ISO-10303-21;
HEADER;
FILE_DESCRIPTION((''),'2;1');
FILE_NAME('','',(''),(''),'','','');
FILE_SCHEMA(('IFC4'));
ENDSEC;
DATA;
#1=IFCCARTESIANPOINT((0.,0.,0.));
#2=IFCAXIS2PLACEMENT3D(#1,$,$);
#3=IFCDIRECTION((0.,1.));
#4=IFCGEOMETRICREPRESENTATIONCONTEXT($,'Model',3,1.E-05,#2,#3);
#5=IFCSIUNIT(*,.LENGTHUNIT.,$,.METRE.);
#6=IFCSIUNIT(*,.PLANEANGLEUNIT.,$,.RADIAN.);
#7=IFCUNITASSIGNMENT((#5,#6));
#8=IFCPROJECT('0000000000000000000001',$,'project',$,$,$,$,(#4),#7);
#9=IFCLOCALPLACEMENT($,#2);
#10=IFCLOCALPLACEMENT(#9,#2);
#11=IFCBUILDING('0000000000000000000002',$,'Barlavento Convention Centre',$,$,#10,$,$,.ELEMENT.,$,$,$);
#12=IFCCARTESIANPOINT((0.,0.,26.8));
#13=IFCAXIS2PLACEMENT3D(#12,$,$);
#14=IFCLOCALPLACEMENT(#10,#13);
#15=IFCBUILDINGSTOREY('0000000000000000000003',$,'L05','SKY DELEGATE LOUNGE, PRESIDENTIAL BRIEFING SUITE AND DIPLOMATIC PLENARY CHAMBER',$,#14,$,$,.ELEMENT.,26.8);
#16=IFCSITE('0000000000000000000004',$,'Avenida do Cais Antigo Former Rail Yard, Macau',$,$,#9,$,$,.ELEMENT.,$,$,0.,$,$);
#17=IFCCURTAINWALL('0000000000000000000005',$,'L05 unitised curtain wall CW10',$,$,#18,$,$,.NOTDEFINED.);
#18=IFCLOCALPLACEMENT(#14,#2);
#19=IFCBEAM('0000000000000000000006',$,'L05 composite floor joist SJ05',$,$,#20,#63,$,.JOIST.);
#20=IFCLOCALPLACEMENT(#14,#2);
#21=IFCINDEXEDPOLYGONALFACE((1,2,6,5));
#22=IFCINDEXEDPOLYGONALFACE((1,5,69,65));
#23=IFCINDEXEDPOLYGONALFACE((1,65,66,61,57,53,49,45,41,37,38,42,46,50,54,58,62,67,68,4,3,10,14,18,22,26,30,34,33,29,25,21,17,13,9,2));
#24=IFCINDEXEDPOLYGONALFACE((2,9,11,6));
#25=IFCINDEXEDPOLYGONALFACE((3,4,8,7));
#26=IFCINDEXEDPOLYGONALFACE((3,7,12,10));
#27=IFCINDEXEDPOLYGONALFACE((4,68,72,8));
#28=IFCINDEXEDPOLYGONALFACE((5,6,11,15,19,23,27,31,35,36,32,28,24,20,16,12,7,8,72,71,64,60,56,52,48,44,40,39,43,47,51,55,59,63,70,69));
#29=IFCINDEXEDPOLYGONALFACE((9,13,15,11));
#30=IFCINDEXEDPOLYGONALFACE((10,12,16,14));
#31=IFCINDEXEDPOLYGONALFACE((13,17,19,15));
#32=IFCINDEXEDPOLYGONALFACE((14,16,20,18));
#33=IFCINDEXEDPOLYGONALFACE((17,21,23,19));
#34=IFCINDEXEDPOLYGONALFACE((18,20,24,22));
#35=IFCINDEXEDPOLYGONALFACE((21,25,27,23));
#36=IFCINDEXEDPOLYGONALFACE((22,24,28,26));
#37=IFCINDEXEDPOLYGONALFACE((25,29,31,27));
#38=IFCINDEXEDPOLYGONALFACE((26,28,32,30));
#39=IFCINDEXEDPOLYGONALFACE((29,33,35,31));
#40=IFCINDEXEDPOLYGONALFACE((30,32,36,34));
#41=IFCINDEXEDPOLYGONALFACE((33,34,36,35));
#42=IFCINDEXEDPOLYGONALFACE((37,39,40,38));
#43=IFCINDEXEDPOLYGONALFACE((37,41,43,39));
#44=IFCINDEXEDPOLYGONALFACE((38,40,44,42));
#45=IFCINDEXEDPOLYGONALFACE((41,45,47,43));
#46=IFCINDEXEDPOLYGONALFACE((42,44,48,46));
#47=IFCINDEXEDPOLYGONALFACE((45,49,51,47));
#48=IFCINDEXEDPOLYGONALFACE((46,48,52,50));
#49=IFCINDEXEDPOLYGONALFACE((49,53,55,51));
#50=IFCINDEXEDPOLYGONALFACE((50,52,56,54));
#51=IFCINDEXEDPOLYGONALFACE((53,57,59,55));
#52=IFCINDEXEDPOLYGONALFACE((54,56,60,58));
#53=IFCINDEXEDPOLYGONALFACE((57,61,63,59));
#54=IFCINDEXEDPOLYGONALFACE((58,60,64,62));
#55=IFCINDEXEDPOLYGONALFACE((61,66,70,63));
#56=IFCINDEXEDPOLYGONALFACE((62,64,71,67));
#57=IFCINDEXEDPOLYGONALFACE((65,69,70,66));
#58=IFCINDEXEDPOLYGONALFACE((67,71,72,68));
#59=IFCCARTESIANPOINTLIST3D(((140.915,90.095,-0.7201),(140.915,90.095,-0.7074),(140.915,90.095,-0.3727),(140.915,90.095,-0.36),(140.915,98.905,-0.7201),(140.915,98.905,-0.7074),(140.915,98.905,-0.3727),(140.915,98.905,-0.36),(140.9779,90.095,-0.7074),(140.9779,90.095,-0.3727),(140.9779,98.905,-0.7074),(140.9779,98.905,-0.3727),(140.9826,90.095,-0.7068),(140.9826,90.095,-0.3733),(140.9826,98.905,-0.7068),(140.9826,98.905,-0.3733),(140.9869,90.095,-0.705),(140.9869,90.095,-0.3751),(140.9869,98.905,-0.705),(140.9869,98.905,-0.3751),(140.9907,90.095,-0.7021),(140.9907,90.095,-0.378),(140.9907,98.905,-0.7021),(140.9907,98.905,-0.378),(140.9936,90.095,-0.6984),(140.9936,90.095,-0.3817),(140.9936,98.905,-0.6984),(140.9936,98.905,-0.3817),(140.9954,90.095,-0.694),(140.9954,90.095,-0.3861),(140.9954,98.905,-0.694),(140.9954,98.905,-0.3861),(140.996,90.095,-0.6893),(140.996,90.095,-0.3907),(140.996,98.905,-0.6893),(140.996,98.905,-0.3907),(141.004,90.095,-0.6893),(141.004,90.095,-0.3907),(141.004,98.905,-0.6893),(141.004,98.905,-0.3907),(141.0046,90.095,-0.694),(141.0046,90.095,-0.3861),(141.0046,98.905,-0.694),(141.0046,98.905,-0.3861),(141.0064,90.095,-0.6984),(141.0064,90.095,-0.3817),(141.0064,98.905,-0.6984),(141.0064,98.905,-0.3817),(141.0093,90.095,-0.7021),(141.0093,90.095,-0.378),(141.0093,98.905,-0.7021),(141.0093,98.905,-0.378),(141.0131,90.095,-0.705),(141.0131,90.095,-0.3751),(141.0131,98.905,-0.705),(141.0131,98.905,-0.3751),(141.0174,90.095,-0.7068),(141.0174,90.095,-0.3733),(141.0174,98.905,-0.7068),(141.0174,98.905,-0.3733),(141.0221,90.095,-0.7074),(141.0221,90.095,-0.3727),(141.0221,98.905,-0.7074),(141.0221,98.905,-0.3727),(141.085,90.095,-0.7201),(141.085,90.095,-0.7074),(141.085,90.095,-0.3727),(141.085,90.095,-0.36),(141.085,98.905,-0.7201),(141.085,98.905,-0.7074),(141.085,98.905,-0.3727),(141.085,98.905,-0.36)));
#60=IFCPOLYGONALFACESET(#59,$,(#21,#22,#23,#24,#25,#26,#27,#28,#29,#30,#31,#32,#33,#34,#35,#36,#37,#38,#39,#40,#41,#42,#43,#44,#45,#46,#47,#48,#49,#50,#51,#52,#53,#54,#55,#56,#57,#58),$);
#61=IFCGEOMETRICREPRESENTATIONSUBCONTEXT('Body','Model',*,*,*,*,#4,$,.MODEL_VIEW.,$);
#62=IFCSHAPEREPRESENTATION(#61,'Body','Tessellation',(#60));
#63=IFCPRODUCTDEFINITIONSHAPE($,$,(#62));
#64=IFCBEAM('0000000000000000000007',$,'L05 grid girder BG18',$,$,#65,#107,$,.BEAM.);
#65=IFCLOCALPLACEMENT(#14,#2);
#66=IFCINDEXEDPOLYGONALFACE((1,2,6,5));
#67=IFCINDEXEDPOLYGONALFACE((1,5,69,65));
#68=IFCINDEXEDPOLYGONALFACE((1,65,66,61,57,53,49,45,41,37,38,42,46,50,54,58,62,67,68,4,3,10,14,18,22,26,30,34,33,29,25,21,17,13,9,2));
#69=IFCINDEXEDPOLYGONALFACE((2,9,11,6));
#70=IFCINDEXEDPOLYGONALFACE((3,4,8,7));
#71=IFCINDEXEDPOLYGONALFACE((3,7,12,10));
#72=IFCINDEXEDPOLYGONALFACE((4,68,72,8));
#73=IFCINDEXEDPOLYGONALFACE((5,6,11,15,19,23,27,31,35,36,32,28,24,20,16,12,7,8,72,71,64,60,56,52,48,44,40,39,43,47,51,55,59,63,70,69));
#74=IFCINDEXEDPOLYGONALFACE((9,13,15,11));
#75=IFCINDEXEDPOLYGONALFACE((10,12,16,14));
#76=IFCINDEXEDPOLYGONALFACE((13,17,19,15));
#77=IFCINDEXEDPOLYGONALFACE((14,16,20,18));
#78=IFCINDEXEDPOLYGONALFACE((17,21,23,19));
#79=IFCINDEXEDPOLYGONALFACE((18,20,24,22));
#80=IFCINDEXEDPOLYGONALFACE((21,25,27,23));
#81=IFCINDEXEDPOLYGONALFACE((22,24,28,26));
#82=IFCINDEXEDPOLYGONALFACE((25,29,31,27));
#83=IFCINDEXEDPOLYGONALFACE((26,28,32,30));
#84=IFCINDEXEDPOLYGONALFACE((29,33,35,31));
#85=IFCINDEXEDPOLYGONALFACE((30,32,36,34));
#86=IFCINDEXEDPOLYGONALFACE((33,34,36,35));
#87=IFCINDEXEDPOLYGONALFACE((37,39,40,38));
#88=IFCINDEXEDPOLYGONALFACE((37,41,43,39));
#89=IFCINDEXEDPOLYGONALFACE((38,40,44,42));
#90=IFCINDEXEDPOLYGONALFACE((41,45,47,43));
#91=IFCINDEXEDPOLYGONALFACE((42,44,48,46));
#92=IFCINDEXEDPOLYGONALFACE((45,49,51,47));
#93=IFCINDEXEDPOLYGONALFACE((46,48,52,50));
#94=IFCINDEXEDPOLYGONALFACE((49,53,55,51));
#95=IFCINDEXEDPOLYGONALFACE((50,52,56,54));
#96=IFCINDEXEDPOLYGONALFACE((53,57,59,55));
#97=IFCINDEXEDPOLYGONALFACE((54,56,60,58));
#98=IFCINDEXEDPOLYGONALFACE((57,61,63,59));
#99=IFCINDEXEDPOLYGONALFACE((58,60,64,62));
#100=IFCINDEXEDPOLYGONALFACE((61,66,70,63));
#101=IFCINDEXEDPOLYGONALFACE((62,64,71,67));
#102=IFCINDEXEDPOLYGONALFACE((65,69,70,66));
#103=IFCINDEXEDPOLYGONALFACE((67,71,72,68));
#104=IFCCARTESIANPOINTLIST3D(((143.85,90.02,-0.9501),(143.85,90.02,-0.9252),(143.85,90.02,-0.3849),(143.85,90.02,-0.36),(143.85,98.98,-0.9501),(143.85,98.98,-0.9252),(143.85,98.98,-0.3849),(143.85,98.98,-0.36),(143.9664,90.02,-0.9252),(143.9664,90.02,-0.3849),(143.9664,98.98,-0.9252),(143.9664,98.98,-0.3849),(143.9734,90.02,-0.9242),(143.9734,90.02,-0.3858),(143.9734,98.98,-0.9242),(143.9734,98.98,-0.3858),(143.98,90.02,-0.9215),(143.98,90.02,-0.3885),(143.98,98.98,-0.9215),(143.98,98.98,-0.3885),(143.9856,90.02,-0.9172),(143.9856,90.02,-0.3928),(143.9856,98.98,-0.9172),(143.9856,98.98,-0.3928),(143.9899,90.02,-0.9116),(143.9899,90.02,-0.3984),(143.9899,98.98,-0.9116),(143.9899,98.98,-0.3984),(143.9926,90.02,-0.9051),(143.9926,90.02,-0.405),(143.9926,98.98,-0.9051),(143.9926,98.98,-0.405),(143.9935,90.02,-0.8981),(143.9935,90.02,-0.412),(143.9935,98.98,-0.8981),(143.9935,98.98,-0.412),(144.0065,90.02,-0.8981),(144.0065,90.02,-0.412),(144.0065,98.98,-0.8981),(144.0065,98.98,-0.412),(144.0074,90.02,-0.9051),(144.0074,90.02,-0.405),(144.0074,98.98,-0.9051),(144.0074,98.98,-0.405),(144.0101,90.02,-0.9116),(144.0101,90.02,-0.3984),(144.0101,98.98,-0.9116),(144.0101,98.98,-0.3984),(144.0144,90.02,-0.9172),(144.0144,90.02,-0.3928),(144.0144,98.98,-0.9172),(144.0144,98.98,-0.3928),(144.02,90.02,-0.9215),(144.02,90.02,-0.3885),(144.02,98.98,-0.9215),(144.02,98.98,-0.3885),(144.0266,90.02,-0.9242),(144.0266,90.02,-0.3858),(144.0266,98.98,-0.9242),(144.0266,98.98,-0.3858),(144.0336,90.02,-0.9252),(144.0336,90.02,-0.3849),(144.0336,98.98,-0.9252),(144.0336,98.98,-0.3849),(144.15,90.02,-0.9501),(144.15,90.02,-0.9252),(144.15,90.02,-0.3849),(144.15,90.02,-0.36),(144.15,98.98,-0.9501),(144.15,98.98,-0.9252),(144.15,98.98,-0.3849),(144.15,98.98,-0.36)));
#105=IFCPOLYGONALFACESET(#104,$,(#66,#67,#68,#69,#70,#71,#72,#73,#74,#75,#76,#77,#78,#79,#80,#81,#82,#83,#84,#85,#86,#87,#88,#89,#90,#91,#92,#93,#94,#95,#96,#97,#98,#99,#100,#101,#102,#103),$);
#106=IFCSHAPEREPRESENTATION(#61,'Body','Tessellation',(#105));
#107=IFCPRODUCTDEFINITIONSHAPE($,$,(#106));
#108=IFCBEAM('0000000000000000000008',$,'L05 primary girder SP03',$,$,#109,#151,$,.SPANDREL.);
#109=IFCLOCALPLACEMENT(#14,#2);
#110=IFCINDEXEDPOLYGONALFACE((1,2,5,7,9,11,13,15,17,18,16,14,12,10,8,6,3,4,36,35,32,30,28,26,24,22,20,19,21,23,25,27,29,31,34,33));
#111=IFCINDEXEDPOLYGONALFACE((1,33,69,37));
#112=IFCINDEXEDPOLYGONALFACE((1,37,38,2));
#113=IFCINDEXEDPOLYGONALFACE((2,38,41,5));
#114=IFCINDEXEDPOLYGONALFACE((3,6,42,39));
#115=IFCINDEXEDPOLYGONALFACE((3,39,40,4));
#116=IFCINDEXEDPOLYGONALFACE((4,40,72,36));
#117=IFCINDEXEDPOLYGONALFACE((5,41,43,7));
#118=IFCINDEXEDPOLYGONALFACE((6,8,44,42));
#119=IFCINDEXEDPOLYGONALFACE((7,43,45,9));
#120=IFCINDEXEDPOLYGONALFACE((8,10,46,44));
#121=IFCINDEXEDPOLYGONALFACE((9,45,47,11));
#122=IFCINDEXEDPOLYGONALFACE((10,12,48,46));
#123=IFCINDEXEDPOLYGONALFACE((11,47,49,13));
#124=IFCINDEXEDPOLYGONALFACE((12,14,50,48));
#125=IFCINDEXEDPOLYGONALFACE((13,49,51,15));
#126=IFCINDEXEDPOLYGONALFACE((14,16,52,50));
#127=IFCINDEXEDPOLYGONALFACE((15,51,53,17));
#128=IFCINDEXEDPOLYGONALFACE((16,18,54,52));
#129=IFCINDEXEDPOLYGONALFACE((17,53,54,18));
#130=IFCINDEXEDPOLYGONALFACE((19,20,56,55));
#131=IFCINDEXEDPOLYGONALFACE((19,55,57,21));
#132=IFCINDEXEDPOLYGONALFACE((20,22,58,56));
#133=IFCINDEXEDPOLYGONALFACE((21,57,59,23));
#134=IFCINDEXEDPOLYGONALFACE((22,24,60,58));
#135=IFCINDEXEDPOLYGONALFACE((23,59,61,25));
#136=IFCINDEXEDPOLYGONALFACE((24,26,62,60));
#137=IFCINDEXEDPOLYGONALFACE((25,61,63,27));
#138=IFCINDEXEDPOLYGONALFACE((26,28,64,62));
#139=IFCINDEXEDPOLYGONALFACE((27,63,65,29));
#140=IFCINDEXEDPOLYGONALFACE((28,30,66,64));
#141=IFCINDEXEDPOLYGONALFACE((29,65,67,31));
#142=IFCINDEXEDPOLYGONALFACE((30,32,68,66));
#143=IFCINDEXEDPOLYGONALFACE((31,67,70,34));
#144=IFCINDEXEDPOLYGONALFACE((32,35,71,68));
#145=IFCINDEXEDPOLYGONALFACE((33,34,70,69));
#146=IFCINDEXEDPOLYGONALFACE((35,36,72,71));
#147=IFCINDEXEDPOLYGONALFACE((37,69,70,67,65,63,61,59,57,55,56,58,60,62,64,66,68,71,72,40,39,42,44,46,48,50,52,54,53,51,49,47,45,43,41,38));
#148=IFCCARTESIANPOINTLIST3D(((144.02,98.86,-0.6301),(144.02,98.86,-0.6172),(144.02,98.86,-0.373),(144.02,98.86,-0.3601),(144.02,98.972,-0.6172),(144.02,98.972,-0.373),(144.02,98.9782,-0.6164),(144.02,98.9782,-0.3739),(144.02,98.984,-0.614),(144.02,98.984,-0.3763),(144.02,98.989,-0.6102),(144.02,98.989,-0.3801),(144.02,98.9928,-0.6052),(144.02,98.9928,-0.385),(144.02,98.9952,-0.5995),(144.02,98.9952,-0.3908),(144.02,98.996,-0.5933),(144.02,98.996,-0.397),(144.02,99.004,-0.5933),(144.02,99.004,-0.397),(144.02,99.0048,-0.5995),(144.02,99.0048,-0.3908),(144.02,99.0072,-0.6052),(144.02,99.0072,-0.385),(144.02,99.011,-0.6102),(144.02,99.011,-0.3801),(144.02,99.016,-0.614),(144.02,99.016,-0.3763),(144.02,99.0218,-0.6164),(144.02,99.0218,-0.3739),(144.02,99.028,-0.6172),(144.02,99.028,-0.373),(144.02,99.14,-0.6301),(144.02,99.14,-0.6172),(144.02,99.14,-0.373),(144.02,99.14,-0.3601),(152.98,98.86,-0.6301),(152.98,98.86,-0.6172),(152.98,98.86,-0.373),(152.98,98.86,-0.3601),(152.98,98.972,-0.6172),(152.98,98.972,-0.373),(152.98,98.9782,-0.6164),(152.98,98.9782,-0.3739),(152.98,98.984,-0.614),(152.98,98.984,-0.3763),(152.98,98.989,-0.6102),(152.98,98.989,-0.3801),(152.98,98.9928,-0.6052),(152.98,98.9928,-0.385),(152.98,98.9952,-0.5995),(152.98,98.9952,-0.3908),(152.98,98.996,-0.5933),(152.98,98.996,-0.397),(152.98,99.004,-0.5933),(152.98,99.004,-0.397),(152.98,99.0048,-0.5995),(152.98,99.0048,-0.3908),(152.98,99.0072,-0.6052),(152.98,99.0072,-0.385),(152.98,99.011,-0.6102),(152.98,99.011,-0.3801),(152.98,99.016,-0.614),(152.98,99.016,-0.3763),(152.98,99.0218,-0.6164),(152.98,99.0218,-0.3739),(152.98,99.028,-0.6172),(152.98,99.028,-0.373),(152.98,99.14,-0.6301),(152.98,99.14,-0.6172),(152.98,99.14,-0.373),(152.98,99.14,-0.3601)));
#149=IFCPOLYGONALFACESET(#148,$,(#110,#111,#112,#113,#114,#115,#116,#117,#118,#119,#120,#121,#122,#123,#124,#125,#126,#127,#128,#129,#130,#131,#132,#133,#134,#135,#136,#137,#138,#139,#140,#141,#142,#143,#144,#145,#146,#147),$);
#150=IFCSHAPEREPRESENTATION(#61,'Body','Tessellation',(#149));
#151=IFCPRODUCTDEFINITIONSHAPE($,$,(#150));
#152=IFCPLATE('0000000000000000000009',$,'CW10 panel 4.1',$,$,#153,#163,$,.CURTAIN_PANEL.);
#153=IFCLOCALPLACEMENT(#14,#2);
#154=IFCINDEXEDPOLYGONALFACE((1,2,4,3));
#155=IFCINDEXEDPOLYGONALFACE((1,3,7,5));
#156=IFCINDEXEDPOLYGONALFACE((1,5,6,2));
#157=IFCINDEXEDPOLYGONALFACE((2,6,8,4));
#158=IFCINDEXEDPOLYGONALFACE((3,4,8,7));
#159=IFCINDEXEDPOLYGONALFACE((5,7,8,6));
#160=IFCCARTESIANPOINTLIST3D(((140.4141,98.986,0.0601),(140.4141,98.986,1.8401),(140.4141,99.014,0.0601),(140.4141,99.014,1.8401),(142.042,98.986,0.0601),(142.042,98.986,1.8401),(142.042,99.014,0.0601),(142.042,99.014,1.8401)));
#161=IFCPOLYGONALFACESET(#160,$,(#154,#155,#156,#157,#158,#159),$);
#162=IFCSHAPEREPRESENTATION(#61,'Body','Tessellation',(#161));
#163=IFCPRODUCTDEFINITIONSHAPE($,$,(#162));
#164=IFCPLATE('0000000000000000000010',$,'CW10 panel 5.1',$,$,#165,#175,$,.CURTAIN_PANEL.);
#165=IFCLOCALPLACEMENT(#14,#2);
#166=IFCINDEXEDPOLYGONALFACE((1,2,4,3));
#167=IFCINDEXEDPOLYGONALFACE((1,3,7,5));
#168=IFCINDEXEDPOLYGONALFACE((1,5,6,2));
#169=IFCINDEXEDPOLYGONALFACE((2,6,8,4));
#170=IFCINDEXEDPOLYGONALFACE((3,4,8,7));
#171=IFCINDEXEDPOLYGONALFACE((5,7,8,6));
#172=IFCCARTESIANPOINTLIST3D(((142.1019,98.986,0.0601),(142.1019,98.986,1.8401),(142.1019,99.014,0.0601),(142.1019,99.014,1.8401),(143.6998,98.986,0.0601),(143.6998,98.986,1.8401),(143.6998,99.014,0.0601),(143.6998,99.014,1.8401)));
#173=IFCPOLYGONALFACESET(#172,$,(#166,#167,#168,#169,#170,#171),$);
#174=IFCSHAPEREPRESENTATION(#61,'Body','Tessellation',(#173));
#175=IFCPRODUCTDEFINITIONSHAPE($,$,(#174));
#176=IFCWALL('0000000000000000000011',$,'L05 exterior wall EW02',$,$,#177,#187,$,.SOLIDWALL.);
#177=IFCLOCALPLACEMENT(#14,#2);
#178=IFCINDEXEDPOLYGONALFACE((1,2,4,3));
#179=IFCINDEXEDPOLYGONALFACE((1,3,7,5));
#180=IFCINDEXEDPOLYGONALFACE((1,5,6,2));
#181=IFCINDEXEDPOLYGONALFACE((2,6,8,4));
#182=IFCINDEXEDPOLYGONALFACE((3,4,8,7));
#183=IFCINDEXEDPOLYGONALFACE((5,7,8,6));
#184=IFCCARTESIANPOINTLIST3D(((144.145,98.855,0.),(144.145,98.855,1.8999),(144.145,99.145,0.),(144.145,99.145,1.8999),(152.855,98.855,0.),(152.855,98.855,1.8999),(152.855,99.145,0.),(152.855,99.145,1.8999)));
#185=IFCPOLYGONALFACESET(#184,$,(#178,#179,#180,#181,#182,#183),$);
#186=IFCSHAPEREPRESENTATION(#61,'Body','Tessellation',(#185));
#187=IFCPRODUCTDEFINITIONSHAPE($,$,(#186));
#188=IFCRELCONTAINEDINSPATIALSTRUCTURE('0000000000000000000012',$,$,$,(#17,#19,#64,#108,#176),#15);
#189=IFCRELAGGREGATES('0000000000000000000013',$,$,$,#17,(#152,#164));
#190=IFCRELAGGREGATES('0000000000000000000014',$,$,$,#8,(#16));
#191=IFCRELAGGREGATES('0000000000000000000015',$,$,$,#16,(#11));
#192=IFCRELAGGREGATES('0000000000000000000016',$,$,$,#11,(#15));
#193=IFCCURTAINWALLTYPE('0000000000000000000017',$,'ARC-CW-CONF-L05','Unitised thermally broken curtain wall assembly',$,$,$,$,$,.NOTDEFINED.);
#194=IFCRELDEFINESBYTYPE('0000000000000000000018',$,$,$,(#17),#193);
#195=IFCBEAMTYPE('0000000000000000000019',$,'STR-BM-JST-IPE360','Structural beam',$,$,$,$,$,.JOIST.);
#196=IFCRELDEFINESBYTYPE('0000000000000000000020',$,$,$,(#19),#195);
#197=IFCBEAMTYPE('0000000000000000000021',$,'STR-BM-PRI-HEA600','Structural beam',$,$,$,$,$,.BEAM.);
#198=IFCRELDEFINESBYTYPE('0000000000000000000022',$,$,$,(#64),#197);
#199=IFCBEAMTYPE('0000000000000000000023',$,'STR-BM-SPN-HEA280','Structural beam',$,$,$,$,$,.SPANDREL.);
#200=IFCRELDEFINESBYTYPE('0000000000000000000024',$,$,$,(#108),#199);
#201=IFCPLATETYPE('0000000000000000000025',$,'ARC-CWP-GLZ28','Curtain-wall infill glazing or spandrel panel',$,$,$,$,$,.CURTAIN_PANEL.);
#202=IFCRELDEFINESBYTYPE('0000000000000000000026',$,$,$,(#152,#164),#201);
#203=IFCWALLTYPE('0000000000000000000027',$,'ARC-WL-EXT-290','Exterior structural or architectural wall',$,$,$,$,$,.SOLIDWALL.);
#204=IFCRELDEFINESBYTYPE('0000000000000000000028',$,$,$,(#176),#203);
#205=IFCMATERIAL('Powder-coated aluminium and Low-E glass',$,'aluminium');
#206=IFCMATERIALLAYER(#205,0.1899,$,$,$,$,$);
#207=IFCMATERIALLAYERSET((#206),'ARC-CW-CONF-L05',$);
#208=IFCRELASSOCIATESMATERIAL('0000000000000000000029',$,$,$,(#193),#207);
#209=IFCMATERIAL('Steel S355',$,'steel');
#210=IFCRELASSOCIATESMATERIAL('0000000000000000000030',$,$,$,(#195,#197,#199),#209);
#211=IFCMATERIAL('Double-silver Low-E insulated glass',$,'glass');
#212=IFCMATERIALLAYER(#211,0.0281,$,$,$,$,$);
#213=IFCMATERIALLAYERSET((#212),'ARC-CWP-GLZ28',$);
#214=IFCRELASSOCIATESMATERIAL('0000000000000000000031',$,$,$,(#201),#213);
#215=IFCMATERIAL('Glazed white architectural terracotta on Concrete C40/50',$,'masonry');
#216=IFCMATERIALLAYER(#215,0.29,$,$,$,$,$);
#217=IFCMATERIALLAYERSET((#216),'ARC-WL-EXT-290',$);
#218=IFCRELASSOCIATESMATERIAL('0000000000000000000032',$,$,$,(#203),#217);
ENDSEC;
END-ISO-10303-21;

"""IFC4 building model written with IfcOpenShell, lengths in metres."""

from ifc_helpers import new_model, si_unit, direction, frame, frame_2d, origin, origin_2d, place, context, subcontext, project, spatial, rectangle, i_section, extrude, material, layer, layer_set, material_profile, profile_set, type_object, element, aggregate, save


model = new_model("IFC4")

# Units and contexts
model_context = context("Model", 3, precision=1e-05, world=origin(), true_north=direction((0.0, 1.0)))
body_context = subcontext(model_context, "Body", "Model", "MODEL_VIEW")
ifc_project = project(units=[si_unit("LENGTHUNIT", "METRE"), si_unit("PLANEANGLEUNIT", "RADIAN")], contexts=[model_context])

# Site, building, storey
site_placement = place(None, origin())
site = spatial("IfcSite", under=ifc_project, at=site_placement, Name="Avenida do Cais Antigo Former Rail Yard, Macau", CompositionType="ELEMENT", RefElevation=0.0)
building_placement = place(site_placement, origin())
building = spatial("IfcBuilding", under=site, at=building_placement, Name="Barlavento Convention Centre", CompositionType="ELEMENT")
storey_placement = place(building_placement, frame((0.0, 0.0, 26.8)))
storey = spatial("IfcBuildingStorey", under=building, at=storey_placement, Name="L05", Description="SKY DELEGATE LOUNGE, PRESIDENTIAL BRIEFING SUITE AND DIPLOMATIC PLENARY CHAMBER", CompositionType="ELEMENT", Elevation=26.8)

# Shared definitions
ifc_material_1 = material(Name="Steel S355", Category="steel")

# Curtain wall
ifc_material_2 = material(Name="Powder-coated aluminium and Low-E glass", Category="aluminium")
ifc_layer_1 = layer(ifc_material_2, 0.1899)
ifc_layer_set_1 = layer_set([ifc_layer_1], Name="ARC-CW-CONF-L05")
curtain_wall_type = type_object("IfcCurtainWallType", Name="ARC-CW-CONF-L05", Description="Unitised thermally broken curtain wall assembly", PredefinedType="NOTDEFINED", material=ifc_layer_set_1)
curtain_wall_placement = place(storey_placement, origin())
curtain_wall = element("IfcCurtainWall", 1, at=curtain_wall_placement, inside=storey, type_object=curtain_wall_type, Name="L05 unitised curtain wall CW10", PredefinedType="NOTDEFINED")

# Beams
ifc_material_profile_1 = material_profile(ifc_material_1, i_section(OverallWidth=0.1699, OverallDepth=0.3601, WebThickness=0.0081, FlangeThickness=0.0127, FilletRadius=0.0181, at=origin_2d()), Name="IPE 360")
ifc_profile_set_1 = profile_set([ifc_material_profile_1], Name="Steel S355")
beam_type_1 = type_object("IfcBeamType", Name="STR-BM-JST-IPE360", Description="Structural beam", PredefinedType="JOIST", material=ifc_profile_set_1)
beam_1_placement = place(storey_placement, frame((141.0, 90.095, -0.54), z_axis=(0.0, 1.0, 0.0), x_axis=(-1.0, 0.0, 0.0)))
element("IfcBeam", 2, at=beam_1_placement, inside=storey, type_object=beam_type_1, Name="L05 composite floor joist SJ05", PredefinedType="JOIST", context=body_context, shape_type="SweptSolid", body=[
    extrude(i_section(OverallWidth=0.1699, OverallDepth=0.3601, WebThickness=0.0081, FlangeThickness=0.0127, FilletRadius=0.0181, at=origin_2d()), origin(), (0.0, 0.0, 1.0), 8.8101),
])
ifc_material_profile_2 = material_profile(ifc_material_1, i_section(OverallWidth=0.3, OverallDepth=0.5901, WebThickness=0.0129, FlangeThickness=0.0249, FilletRadius=0.0271, at=origin_2d()), Name="HEA 600")
ifc_profile_set_2 = profile_set([ifc_material_profile_2], Name="Steel S355")
beam_type_2 = type_object("IfcBeamType", Name="STR-BM-PRI-HEA600", Description="Structural beam", PredefinedType="BEAM", material=ifc_profile_set_2)
beam_2_placement = place(storey_placement, frame((144.0, 90.02, -0.655), z_axis=(0.0, 1.0, 0.0), x_axis=(-1.0, 0.0, 0.0)))
element("IfcBeam", 3, at=beam_2_placement, inside=storey, type_object=beam_type_2, Name="L05 grid girder BG18", PredefinedType="BEAM", context=body_context, shape_type="SweptSolid", body=[
    extrude(i_section(OverallWidth=0.3, OverallDepth=0.5901, WebThickness=0.0129, FlangeThickness=0.0249, FilletRadius=0.0271, at=origin_2d()), origin(), (0.0, 0.0, 1.0), 8.96),
])
ifc_material_profile_3 = material_profile(ifc_material_1, i_section(OverallWidth=0.28, OverallDepth=0.27, WebThickness=0.0081, FlangeThickness=0.0129, FilletRadius=0.0239, at=origin_2d()), Name="HEA 280")
ifc_profile_set_3 = profile_set([ifc_material_profile_3], Name="Steel S355")
beam_type_3 = type_object("IfcBeamType", Name="STR-BM-SPN-HEA280", Description="Structural beam", PredefinedType="SPANDREL", material=ifc_profile_set_3)
beam_3_placement = place(storey_placement, frame((144.02, 99.0, -0.4951), z_axis=(1.0, 0.0, 0.0), x_axis=(0.0, 1.0, 0.0)))
element("IfcBeam", 4, at=beam_3_placement, inside=storey, type_object=beam_type_3, Name="L05 primary girder SP03", PredefinedType="SPANDREL", context=body_context, shape_type="SweptSolid", body=[
    extrude(i_section(OverallWidth=0.28, OverallDepth=0.27, WebThickness=0.0081, FlangeThickness=0.0129, FilletRadius=0.0239, at=origin_2d()), origin(), (0.0, 0.0, 1.0), 8.96),
])

# Plates
ifc_material_3 = material(Name="Double-silver Low-E insulated glass", Category="glass")
ifc_layer_2 = layer(ifc_material_3, 0.0281)
ifc_layer_set_2 = layer_set([ifc_layer_2], Name="ARC-CWP-GLZ28")
plate_type = type_object("IfcPlateType", Name="ARC-CWP-GLZ28", Description="Curtain-wall infill glazing or spandrel panel", PredefinedType="CURTAIN_PANEL", material=ifc_layer_set_2)
plate_1_placement = place(storey_placement, frame((141.228, 99.0, 0.0601), z_axis=(0.0, 0.0, 1.0), x_axis=(1.0, 0.0, 0.0)))
plate_1 = element("IfcPlate", 5, at=plate_1_placement, type_object=plate_type, Name="CW10 panel 4.1", PredefinedType="CURTAIN_PANEL", context=body_context, shape_type="SweptSolid", body=[
    extrude(rectangle(XDim=1.6279, YDim=0.0281, at=origin_2d()), origin(), (0.0, 0.0, 1.0), 1.78),
])
plate_2_placement = place(storey_placement, frame((142.9009, 99.0, 0.0601), z_axis=(0.0, 0.0, 1.0), x_axis=(1.0, 0.0, 0.0)))
plate_2 = element("IfcPlate", 6, at=plate_2_placement, type_object=plate_type, Name="CW10 panel 5.1", PredefinedType="CURTAIN_PANEL", context=body_context, shape_type="SweptSolid", body=[
    extrude(rectangle(XDim=1.5979, YDim=0.0281, at=origin_2d()), origin(), (0.0, 0.0, 1.0), 1.78),
])
aggregate(curtain_wall, [plate_1, plate_2])

# Wall
ifc_material_4 = material(Name="Glazed white architectural terracotta on Concrete C40/50", Category="masonry")
ifc_layer_3 = layer(ifc_material_4, 0.29)
ifc_layer_set_3 = layer_set([ifc_layer_3], Name="ARC-WL-EXT-290")
wall_type_1 = type_object("IfcWallType", Name="ARC-WL-EXT-290", Description="Exterior structural or architectural wall", PredefinedType="SOLIDWALL", material=ifc_layer_set_3)
wall_1_placement = place(storey_placement, frame((144.145, 99.0, 0.0), z_axis=(0.0, 0.0, 1.0), x_axis=(1.0, 0.0, 0.0)))
element("IfcWall", 7, at=wall_1_placement, inside=storey, type_object=wall_type_1, Name="L05 exterior wall EW02", PredefinedType="SOLIDWALL", context=body_context, shape_type="SweptSolid", body=[
    extrude(rectangle(XDim=8.71, YDim=0.29, at=frame_2d((4.355, 0.0))), origin(), (0.0, 0.0, 1.0), 1.8999),
])

save(model, "model.ifc")
